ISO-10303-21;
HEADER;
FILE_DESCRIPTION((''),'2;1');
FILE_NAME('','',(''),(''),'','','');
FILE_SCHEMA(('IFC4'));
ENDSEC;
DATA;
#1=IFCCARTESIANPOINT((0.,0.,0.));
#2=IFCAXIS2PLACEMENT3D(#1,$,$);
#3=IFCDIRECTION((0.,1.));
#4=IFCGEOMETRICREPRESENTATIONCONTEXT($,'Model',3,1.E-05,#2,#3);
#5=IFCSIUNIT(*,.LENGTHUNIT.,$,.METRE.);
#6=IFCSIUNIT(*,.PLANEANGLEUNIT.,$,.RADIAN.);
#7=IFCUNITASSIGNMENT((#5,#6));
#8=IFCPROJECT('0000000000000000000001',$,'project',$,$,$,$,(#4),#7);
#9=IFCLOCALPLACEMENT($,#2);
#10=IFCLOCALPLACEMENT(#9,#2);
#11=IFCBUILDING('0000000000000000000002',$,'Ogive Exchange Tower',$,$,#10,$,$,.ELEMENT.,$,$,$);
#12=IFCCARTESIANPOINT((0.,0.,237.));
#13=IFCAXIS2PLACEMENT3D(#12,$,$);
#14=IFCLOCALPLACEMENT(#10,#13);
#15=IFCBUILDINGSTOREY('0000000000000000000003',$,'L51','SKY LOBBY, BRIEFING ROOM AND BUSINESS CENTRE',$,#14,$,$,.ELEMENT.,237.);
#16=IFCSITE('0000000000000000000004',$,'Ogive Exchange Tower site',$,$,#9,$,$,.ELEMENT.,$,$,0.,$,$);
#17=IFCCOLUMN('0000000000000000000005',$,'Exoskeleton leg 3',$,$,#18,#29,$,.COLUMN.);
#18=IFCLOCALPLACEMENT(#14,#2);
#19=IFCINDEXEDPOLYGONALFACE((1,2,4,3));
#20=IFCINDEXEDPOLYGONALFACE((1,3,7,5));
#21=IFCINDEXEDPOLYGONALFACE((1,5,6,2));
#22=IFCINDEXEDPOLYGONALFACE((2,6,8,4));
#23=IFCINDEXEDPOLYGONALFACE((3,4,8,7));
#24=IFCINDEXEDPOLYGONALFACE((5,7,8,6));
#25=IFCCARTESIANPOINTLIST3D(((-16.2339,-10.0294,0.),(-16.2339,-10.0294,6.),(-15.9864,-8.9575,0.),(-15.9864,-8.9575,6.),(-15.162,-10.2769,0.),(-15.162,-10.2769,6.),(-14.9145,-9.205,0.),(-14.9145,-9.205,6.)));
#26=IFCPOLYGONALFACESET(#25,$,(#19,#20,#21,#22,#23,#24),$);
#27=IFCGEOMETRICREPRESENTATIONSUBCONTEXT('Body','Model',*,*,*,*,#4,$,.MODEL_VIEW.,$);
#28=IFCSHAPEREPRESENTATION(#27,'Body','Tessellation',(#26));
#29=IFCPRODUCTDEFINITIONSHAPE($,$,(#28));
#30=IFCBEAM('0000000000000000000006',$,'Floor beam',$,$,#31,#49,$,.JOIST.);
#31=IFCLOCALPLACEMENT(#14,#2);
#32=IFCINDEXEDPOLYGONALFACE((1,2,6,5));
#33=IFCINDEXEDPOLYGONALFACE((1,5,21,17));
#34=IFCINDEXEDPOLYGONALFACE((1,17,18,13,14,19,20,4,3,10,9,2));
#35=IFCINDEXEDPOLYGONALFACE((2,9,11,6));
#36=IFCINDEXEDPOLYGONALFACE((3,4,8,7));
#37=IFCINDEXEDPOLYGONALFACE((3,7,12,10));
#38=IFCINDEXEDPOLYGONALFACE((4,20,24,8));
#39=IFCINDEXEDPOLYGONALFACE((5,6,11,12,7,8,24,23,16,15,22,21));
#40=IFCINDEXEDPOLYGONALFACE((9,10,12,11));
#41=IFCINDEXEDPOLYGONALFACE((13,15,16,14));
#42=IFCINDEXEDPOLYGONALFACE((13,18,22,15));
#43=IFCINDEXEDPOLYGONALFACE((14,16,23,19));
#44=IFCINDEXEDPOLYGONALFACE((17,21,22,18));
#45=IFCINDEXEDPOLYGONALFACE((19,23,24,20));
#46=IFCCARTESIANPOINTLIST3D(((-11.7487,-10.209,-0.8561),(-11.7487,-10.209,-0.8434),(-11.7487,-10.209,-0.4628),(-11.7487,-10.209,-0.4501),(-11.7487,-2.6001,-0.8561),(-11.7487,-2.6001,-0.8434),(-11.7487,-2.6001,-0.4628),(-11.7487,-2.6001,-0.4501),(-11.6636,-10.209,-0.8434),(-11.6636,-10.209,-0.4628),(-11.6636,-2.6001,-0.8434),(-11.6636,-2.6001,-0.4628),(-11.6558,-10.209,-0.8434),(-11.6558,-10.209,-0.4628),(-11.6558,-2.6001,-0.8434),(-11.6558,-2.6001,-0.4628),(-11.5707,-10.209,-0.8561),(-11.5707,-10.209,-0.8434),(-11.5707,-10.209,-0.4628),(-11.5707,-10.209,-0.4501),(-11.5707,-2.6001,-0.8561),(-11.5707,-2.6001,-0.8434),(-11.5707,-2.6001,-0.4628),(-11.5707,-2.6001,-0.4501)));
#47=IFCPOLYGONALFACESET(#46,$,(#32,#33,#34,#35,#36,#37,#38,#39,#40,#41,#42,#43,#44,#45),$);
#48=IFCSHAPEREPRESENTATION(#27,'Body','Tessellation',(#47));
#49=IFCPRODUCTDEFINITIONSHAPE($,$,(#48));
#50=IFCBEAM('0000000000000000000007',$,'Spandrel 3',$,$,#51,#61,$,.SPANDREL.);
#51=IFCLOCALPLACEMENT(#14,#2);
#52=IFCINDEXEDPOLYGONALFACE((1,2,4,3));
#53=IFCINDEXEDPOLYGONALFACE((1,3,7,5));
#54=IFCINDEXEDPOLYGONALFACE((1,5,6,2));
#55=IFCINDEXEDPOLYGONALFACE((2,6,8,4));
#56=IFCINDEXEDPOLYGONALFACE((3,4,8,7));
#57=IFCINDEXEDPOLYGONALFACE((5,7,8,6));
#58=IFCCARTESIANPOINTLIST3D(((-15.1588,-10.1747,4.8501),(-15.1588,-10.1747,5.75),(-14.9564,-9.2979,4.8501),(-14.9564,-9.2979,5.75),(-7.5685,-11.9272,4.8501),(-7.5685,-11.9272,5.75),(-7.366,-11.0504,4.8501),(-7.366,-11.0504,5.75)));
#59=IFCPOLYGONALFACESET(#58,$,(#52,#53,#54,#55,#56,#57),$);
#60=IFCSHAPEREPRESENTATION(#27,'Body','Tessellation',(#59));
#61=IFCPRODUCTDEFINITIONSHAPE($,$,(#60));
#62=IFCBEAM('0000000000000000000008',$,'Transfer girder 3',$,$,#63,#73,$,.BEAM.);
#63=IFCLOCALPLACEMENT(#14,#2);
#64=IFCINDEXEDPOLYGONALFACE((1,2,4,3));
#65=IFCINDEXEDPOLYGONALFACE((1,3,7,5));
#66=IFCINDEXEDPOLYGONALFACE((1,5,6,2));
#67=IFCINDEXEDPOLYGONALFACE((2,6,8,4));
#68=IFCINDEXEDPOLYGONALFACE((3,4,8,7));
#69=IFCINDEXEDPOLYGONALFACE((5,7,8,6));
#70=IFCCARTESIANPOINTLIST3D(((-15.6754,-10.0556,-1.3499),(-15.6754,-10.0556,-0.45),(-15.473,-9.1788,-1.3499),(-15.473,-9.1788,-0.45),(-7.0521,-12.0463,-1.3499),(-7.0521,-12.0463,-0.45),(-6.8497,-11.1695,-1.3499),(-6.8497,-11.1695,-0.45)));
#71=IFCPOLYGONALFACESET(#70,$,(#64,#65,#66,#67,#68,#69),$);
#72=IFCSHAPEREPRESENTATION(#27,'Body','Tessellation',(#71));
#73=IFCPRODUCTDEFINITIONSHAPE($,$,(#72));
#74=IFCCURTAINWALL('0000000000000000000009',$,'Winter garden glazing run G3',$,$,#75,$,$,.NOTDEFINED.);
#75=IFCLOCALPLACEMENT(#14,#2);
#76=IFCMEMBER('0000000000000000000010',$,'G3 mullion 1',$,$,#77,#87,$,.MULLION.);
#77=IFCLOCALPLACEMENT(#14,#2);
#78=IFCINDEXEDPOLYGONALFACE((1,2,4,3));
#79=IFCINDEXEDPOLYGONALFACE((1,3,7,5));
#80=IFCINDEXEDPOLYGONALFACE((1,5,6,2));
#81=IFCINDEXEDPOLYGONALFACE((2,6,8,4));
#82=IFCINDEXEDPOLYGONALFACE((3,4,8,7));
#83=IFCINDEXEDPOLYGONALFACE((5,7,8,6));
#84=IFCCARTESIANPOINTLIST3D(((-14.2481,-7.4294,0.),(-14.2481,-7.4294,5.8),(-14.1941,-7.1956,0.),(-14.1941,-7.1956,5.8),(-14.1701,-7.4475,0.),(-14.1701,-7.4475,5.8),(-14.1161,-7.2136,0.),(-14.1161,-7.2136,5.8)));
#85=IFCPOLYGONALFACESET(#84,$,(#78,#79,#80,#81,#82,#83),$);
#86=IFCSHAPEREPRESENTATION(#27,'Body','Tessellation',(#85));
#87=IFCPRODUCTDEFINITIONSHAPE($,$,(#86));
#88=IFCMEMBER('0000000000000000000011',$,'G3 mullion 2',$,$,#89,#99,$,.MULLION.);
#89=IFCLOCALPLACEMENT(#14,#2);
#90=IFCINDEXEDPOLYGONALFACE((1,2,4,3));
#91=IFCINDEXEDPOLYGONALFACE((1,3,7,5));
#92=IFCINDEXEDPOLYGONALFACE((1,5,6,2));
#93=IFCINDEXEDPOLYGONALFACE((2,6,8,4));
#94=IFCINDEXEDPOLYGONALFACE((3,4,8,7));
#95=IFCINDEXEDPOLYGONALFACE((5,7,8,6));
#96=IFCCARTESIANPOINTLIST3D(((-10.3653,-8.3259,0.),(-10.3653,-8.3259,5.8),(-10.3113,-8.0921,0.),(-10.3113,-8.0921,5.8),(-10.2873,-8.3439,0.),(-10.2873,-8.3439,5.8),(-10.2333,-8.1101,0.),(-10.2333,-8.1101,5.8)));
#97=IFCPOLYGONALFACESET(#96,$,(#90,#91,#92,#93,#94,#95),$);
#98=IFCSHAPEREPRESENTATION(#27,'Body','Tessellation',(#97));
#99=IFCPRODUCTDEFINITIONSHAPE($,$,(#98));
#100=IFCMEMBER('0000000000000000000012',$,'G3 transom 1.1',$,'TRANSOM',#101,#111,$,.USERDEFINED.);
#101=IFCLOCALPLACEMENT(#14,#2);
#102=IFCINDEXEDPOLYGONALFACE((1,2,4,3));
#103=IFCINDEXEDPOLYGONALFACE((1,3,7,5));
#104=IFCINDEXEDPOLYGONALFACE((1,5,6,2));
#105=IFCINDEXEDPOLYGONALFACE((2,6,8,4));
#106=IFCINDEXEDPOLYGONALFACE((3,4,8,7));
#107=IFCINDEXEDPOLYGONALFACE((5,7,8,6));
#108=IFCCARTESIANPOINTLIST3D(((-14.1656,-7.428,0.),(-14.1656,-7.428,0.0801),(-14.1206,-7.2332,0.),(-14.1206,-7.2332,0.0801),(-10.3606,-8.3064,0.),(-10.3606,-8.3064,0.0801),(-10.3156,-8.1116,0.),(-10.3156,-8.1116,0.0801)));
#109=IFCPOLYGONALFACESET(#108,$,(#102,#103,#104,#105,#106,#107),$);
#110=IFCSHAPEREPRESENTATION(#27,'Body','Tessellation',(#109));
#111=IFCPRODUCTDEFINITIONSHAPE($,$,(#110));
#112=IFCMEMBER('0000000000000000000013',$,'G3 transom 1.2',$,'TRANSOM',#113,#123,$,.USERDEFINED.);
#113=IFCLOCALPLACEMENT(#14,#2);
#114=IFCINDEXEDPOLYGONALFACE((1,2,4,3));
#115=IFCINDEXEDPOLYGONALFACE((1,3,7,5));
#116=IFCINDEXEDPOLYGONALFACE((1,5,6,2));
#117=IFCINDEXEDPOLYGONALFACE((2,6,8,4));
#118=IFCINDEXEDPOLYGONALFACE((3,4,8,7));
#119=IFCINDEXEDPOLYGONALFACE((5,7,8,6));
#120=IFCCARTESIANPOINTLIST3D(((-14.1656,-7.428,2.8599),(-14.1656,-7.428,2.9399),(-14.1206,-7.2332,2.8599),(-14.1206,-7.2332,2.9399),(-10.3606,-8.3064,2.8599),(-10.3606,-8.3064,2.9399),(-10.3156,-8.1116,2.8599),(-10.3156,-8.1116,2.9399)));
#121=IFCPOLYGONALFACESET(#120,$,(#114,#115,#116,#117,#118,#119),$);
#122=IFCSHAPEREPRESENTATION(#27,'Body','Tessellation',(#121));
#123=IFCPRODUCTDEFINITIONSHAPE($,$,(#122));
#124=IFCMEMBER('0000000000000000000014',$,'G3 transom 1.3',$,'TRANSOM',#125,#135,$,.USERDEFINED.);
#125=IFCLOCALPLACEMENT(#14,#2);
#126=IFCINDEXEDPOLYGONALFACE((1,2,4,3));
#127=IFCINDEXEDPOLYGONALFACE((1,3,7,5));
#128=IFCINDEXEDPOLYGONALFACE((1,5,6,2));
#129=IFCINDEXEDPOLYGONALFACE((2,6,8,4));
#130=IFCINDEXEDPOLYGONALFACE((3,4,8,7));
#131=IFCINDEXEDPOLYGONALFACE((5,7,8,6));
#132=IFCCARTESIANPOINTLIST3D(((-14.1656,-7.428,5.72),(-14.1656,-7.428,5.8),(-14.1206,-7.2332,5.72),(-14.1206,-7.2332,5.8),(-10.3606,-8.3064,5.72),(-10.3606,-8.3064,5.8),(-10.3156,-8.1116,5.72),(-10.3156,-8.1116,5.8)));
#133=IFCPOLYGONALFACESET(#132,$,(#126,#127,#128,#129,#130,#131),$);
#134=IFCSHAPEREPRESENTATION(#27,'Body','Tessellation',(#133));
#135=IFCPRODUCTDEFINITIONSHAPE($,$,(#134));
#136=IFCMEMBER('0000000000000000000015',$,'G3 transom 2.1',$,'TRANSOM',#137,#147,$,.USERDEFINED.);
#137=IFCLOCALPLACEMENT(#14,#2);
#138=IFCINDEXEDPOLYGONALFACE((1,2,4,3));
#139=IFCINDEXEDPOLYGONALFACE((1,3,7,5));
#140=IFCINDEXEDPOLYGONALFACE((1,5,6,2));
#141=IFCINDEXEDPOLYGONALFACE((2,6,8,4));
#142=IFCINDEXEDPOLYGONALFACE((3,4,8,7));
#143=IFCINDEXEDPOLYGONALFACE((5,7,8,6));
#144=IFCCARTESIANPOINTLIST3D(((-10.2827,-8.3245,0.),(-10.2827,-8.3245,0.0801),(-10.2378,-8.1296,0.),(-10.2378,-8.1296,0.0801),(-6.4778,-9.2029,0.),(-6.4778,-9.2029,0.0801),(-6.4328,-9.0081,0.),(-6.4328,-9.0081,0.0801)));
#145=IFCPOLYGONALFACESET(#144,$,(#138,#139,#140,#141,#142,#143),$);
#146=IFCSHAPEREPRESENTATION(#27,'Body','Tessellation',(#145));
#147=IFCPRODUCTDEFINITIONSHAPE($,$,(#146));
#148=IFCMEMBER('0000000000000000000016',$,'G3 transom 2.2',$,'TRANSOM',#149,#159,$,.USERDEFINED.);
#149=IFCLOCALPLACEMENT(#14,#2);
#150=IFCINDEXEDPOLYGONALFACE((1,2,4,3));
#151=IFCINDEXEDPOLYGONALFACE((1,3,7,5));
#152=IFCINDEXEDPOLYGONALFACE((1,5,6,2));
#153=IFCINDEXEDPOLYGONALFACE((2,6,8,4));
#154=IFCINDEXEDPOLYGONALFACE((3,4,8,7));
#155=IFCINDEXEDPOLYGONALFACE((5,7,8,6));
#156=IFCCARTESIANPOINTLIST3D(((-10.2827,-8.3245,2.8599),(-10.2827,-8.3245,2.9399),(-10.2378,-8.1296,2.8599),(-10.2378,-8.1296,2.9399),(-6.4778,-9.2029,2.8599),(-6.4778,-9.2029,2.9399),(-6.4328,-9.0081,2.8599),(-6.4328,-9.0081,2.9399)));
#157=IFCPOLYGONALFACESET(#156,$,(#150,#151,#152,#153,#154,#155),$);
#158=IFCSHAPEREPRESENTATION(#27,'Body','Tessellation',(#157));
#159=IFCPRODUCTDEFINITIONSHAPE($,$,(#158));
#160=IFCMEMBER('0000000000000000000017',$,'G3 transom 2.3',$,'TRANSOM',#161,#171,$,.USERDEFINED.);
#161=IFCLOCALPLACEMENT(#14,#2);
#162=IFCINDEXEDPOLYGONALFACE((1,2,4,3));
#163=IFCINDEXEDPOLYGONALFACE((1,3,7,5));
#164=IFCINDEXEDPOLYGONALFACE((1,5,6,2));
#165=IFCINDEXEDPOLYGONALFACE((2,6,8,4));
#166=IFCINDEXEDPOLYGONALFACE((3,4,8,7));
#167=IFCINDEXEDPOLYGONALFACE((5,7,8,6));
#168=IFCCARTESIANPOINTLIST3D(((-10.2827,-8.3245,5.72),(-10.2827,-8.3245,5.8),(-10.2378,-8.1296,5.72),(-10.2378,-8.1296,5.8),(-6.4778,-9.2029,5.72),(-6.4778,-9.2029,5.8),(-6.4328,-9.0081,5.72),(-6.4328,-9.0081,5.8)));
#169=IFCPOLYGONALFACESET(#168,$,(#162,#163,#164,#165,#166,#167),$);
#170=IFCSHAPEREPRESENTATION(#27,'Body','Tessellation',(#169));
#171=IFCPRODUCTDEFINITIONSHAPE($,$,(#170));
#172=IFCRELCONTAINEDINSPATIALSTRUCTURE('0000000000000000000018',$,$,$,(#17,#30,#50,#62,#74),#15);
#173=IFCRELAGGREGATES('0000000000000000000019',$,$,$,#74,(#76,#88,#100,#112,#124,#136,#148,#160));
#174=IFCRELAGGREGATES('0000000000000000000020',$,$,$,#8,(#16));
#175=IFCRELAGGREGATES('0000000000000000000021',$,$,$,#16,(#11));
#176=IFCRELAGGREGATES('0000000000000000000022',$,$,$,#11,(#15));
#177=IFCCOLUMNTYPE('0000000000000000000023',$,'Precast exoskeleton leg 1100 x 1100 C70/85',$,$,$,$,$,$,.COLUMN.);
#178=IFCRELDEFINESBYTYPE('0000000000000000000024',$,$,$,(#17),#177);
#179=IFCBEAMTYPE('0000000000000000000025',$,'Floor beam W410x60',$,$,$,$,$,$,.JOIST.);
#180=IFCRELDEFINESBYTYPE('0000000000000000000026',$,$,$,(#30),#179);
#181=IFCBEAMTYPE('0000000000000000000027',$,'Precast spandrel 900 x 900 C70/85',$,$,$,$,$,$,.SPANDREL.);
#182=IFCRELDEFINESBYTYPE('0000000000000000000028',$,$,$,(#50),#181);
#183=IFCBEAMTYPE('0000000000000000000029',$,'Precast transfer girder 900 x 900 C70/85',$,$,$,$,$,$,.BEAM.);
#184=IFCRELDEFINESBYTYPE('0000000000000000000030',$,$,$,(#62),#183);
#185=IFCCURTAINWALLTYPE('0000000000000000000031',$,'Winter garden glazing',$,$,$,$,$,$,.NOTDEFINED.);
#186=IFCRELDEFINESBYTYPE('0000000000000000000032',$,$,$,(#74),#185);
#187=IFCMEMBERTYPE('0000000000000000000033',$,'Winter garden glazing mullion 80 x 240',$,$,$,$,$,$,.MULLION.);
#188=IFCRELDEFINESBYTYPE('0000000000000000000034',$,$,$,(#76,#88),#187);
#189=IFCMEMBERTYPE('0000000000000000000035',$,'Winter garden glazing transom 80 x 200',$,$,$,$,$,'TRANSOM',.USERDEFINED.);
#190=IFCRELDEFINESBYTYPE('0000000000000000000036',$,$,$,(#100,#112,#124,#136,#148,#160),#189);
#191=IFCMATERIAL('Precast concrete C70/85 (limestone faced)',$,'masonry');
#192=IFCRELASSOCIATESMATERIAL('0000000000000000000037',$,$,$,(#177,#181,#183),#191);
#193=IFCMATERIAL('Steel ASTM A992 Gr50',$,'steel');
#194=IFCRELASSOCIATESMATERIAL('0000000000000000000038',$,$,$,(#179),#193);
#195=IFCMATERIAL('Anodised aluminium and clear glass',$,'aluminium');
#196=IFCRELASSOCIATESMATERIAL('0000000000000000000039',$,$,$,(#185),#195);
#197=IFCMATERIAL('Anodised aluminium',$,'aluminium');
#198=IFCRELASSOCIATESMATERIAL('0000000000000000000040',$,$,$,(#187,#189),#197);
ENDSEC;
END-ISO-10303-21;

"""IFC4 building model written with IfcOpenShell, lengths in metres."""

from ifc_helpers import new_model, si_unit, direction, frame, origin, origin_2d, place, context, subcontext, project, spatial, rectangle, i_section, extrude, material, material_profile, profile_set, type_object, element, aggregate, save


model = new_model("IFC4")

# Units and contexts
model_context = context("Model", 3, precision=1e-05, world=origin(), true_north=direction((0.0, 1.0)))
body_context = subcontext(model_context, "Body", "Model", "MODEL_VIEW")
ifc_project = project(units=[si_unit("LENGTHUNIT", "METRE"), si_unit("PLANEANGLEUNIT", "RADIAN")], contexts=[model_context])

# Site, building, storey
site_placement = place(None, origin())
site = spatial("IfcSite", under=ifc_project, at=site_placement, Name="Ogive Exchange Tower site", CompositionType="ELEMENT", RefElevation=0.0)
building_placement = place(site_placement, origin())
building = spatial("IfcBuilding", under=site, at=building_placement, Name="Ogive Exchange Tower", CompositionType="ELEMENT")
storey_placement = place(building_placement, frame((0.0, 0.0, 237.0)))
storey = spatial("IfcBuildingStorey", under=building, at=storey_placement, Name="L51", Description="SKY LOBBY, BRIEFING ROOM AND BUSINESS CENTRE", CompositionType="ELEMENT", Elevation=237.0)

# Column
ifc_material_1 = material(Name="Precast concrete C70/85 (limestone faced)", Category="masonry")
ifc_material_profile_1 = material_profile(ifc_material_1, rectangle(XDim=1.1001, YDim=1.1001, at=origin_2d()), Name="1100 x 1100")
ifc_profile_set_1 = profile_set([ifc_material_profile_1], Name="Precast concrete C70/85 (limestone faced)")
column_type = type_object("IfcColumnType", Name="Precast exoskeleton leg 1100 x 1100 C70/85", PredefinedType="COLUMN", material=ifc_profile_set_1)
column_placement = place(storey_placement, frame((-15.5742, -9.6172, 0.0), z_axis=(0.0, 0.0, 1.0), x_axis=(0.97437, -0.224951, 0.0)))
element("IfcColumn", 1, at=column_placement, inside=storey, type_object=column_type, Name="Exoskeleton leg 3", PredefinedType="COLUMN", context=body_context, shape_type="SweptSolid", body=[
    extrude(rectangle(XDim=1.1001, YDim=1.1001, at=origin_2d()), origin(), (0.0, 0.0, 1.0), 6.0),
])

# Beams
ifc_material_2 = material(Name="Steel ASTM A992 Gr50", Category="steel")
ifc_material_profile_2 = material_profile(ifc_material_2, i_section(OverallWidth=0.178, OverallDepth=0.406, WebThickness=0.0078, FlangeThickness=0.0127, at=origin_2d()), Name="W410x60")
ifc_profile_set_2 = profile_set([ifc_material_profile_2], Name="Steel ASTM A992 Gr50")
beam_type_1 = type_object("IfcBeamType", Name="Floor beam W410x60", PredefinedType="JOIST", material=ifc_profile_set_2)
beam_1_placement = place(storey_placement, frame((-11.6597, -10.209, -0.6531), z_axis=(0.0, 1.0, 0.0), x_axis=(-1.0, 0.0, 0.0)))
element("IfcBeam", 2, at=beam_1_placement, inside=storey, type_object=beam_type_1, Name="Floor beam", PredefinedType="JOIST", context=body_context, shape_type="SweptSolid", body=[
    extrude(i_section(OverallWidth=0.178, OverallDepth=0.406, WebThickness=0.0078, FlangeThickness=0.0127, at=origin_2d()), origin(), (0.0, 0.0, 1.0), 7.6089),
])
ifc_material_profile_3 = material_profile(ifc_material_1, rectangle(XDim=0.8999, YDim=0.8999, at=origin_2d()), Name="900 x 900")
ifc_profile_set_3 = profile_set([ifc_material_profile_3], Name="Precast concrete C70/85 (limestone faced)")
beam_type_2 = type_object("IfcBeamType", Name="Precast spandrel 900 x 900 C70/85", PredefinedType="SPANDREL", material=ifc_profile_set_3)
beam_2_placement = place(storey_placement, frame((-15.0576, -9.7363, 5.3), z_axis=(0.974368, -0.22496, 0.0), x_axis=(0.22496, 0.974368, 0.0)))
element("IfcBeam", 3, at=beam_2_placement, inside=storey, type_object=beam_type_2, Name="Spandrel 3", PredefinedType="SPANDREL", context=body_context, shape_type="SweptSolid", body=[
    extrude(rectangle(XDim=0.8999, YDim=0.8999, at=origin_2d()), origin(), (0.0, 0.0, 1.0), 7.79),
])
ifc_material_profile_4 = material_profile(ifc_material_1, rectangle(XDim=0.8999, YDim=0.8999, at=origin_2d()), Name="900 x 900")
ifc_profile_set_4 = profile_set([ifc_material_profile_4], Name="Precast concrete C70/85 (limestone faced)")
beam_type_3 = type_object("IfcBeamType", Name="Precast transfer girder 900 x 900 C70/85", PredefinedType="BEAM", material=ifc_profile_set_4)
beam_3_placement = place(storey_placement, frame((-15.5742, -9.6172, -0.8999), z_axis=(0.974373, -0.224938, 0.0), x_axis=(0.224938, 0.974373, 0.0)))
element("IfcBeam", 4, at=beam_3_placement, inside=storey, type_object=beam_type_3, Name="Transfer girder 3", PredefinedType="BEAM", context=body_context, shape_type="SweptSolid", body=[
    extrude(rectangle(XDim=0.8999, YDim=0.8999, at=origin_2d()), origin(), (0.0, 0.0, 1.0), 8.8501),
])

# Curtain wall, members
ifc_material_3 = material(Name="Anodised aluminium and clear glass", Category="aluminium")
curtain_wall_type = type_object("IfcCurtainWallType", Name="Winter garden glazing", PredefinedType="NOTDEFINED", material=ifc_material_3)
curtain_wall_placement = place(storey_placement, origin())
curtain_wall = element("IfcCurtainWall", 5, at=curtain_wall_placement, inside=storey, type_object=curtain_wall_type, Name="Winter garden glazing run G3", PredefinedType="NOTDEFINED")
ifc_material_4 = material(Name="Anodised aluminium", Category="aluminium")
ifc_material_profile_5 = material_profile(ifc_material_4, rectangle(XDim=0.24, YDim=0.0801, at=origin_2d()), Name="AL 80x240")
ifc_profile_set_5 = profile_set([ifc_material_profile_5], Name="Anodised aluminium")
member_type_1 = type_object("IfcMemberType", Name="Winter garden glazing mullion 80 x 240", PredefinedType="MULLION", material=ifc_profile_set_5)
member_1_placement = place(storey_placement, frame((-14.1821, -7.3215, 0.0), z_axis=(0.0, 0.0, 1.0), x_axis=(0.224958, 0.974368, 0.0)))
member_1 = element("IfcMember", 6, at=member_1_placement, type_object=member_type_1, Name="G3 mullion 1", PredefinedType="MULLION", context=body_context, shape_type="SweptSolid", body=[
    extrude(rectangle(XDim=0.24, YDim=0.0801, at=origin_2d()), origin(), (0.0, 0.0, 1.0), 5.8),
])
member_2_placement = place(storey_placement, frame((-10.2993, -8.218, 0.0), z_axis=(0.0, 0.0, 1.0), x_axis=(0.224958, 0.974368, 0.0)))
member_2 = element("IfcMember", 7, at=member_2_placement, type_object=member_type_1, Name="G3 mullion 2", PredefinedType="MULLION", context=body_context, shape_type="SweptSolid", body=[
    extrude(rectangle(XDim=0.24, YDim=0.0801, at=origin_2d()), origin(), (0.0, 0.0, 1.0), 5.8),
])
ifc_material_profile_6 = material_profile(ifc_material_4, rectangle(XDim=0.2, YDim=0.0801, at=origin_2d()), Name="AL 80x200")
ifc_profile_set_6 = profile_set([ifc_material_profile_6], Name="Anodised aluminium")
member_type_2 = type_object("IfcMemberType", Name="Winter garden glazing transom 80 x 200", ElementType="TRANSOM", PredefinedType="USERDEFINED", material=ifc_profile_set_6)
member_3_placement = place(storey_placement, frame((-14.1431, -7.3306, 0.04), z_axis=(0.974371, -0.224946, 0.0), x_axis=(0.224946, 0.974371, 0.0)))
member_3 = element("IfcMember", 8, at=member_3_placement, type_object=member_type_2, Name="G3 transom 1.1", ObjectType="TRANSOM", PredefinedType="USERDEFINED", context=body_context, shape_type="SweptSolid", body=[
    extrude(rectangle(XDim=0.2, YDim=0.0801, at=origin_2d()), origin(), (0.0, 0.0, 1.0), 3.905),
])
member_4_placement = place(storey_placement, frame((-14.1431, -7.3306, 2.8999), z_axis=(0.974371, -0.224946, 0.0), x_axis=(0.224946, 0.974371, 0.0)))
member_4 = element("IfcMember", 9, at=member_4_placement, type_object=member_type_2, Name="G3 transom 1.2", ObjectType="TRANSOM", PredefinedType="USERDEFINED", context=body_context, shape_type="SweptSolid", body=[
    extrude(rectangle(XDim=0.2, YDim=0.0801, at=origin_2d()), origin(), (0.0, 0.0, 1.0), 3.905),
])
member_5_placement = place(storey_placement, frame((-14.1431, -7.3306, 5.76), z_axis=(0.974371, -0.224946, 0.0), x_axis=(0.224946, 0.974371, 0.0)))
member_5 = element("IfcMember", 10, at=member_5_placement, type_object=member_type_2, Name="G3 transom 1.3", ObjectType="TRANSOM", PredefinedType="USERDEFINED", context=body_context, shape_type="SweptSolid", body=[
    extrude(rectangle(XDim=0.2, YDim=0.0801, at=origin_2d()), origin(), (0.0, 0.0, 1.0), 3.905),
])
member_6_placement = place(storey_placement, frame((-10.2603, -8.2271, 0.04), z_axis=(0.974371, -0.224946, 0.0), x_axis=(0.224946, 0.974371, 0.0)))
member_6 = element("IfcMember", 11, at=member_6_placement, type_object=member_type_2, Name="G3 transom 2.1", ObjectType="TRANSOM", PredefinedType="USERDEFINED", context=body_context, shape_type="SweptSolid", body=[
    extrude(rectangle(XDim=0.2, YDim=0.0801, at=origin_2d()), origin(), (0.0, 0.0, 1.0), 3.905),
])
member_7_placement = place(storey_placement, frame((-10.2603, -8.2271, 2.8999), z_axis=(0.974371, -0.224946, 0.0), x_axis=(0.224946, 0.974371, 0.0)))
member_7 = element("IfcMember", 12, at=member_7_placement, type_object=member_type_2, Name="G3 transom 2.2", ObjectType="TRANSOM", PredefinedType="USERDEFINED", context=body_context, shape_type="SweptSolid", body=[
    extrude(rectangle(XDim=0.2, YDim=0.0801, at=origin_2d()), origin(), (0.0, 0.0, 1.0), 3.905),
])
member_8_placement = place(storey_placement, frame((-10.2603, -8.2271, 5.76), z_axis=(0.974371, -0.224946, 0.0), x_axis=(0.224946, 0.974371, 0.0)))
member_8 = element("IfcMember", 13, at=member_8_placement, type_object=member_type_2, Name="G3 transom 2.3", ObjectType="TRANSOM", PredefinedType="USERDEFINED", context=body_context, shape_type="SweptSolid", body=[
    extrude(rectangle(XDim=0.2, YDim=0.0801, at=origin_2d()), origin(), (0.0, 0.0, 1.0), 3.905),
])
aggregate(curtain_wall, [member_1, member_2, member_3, member_4, member_5, member_6, member_7, member_8])

save(model, "model.ifc")
